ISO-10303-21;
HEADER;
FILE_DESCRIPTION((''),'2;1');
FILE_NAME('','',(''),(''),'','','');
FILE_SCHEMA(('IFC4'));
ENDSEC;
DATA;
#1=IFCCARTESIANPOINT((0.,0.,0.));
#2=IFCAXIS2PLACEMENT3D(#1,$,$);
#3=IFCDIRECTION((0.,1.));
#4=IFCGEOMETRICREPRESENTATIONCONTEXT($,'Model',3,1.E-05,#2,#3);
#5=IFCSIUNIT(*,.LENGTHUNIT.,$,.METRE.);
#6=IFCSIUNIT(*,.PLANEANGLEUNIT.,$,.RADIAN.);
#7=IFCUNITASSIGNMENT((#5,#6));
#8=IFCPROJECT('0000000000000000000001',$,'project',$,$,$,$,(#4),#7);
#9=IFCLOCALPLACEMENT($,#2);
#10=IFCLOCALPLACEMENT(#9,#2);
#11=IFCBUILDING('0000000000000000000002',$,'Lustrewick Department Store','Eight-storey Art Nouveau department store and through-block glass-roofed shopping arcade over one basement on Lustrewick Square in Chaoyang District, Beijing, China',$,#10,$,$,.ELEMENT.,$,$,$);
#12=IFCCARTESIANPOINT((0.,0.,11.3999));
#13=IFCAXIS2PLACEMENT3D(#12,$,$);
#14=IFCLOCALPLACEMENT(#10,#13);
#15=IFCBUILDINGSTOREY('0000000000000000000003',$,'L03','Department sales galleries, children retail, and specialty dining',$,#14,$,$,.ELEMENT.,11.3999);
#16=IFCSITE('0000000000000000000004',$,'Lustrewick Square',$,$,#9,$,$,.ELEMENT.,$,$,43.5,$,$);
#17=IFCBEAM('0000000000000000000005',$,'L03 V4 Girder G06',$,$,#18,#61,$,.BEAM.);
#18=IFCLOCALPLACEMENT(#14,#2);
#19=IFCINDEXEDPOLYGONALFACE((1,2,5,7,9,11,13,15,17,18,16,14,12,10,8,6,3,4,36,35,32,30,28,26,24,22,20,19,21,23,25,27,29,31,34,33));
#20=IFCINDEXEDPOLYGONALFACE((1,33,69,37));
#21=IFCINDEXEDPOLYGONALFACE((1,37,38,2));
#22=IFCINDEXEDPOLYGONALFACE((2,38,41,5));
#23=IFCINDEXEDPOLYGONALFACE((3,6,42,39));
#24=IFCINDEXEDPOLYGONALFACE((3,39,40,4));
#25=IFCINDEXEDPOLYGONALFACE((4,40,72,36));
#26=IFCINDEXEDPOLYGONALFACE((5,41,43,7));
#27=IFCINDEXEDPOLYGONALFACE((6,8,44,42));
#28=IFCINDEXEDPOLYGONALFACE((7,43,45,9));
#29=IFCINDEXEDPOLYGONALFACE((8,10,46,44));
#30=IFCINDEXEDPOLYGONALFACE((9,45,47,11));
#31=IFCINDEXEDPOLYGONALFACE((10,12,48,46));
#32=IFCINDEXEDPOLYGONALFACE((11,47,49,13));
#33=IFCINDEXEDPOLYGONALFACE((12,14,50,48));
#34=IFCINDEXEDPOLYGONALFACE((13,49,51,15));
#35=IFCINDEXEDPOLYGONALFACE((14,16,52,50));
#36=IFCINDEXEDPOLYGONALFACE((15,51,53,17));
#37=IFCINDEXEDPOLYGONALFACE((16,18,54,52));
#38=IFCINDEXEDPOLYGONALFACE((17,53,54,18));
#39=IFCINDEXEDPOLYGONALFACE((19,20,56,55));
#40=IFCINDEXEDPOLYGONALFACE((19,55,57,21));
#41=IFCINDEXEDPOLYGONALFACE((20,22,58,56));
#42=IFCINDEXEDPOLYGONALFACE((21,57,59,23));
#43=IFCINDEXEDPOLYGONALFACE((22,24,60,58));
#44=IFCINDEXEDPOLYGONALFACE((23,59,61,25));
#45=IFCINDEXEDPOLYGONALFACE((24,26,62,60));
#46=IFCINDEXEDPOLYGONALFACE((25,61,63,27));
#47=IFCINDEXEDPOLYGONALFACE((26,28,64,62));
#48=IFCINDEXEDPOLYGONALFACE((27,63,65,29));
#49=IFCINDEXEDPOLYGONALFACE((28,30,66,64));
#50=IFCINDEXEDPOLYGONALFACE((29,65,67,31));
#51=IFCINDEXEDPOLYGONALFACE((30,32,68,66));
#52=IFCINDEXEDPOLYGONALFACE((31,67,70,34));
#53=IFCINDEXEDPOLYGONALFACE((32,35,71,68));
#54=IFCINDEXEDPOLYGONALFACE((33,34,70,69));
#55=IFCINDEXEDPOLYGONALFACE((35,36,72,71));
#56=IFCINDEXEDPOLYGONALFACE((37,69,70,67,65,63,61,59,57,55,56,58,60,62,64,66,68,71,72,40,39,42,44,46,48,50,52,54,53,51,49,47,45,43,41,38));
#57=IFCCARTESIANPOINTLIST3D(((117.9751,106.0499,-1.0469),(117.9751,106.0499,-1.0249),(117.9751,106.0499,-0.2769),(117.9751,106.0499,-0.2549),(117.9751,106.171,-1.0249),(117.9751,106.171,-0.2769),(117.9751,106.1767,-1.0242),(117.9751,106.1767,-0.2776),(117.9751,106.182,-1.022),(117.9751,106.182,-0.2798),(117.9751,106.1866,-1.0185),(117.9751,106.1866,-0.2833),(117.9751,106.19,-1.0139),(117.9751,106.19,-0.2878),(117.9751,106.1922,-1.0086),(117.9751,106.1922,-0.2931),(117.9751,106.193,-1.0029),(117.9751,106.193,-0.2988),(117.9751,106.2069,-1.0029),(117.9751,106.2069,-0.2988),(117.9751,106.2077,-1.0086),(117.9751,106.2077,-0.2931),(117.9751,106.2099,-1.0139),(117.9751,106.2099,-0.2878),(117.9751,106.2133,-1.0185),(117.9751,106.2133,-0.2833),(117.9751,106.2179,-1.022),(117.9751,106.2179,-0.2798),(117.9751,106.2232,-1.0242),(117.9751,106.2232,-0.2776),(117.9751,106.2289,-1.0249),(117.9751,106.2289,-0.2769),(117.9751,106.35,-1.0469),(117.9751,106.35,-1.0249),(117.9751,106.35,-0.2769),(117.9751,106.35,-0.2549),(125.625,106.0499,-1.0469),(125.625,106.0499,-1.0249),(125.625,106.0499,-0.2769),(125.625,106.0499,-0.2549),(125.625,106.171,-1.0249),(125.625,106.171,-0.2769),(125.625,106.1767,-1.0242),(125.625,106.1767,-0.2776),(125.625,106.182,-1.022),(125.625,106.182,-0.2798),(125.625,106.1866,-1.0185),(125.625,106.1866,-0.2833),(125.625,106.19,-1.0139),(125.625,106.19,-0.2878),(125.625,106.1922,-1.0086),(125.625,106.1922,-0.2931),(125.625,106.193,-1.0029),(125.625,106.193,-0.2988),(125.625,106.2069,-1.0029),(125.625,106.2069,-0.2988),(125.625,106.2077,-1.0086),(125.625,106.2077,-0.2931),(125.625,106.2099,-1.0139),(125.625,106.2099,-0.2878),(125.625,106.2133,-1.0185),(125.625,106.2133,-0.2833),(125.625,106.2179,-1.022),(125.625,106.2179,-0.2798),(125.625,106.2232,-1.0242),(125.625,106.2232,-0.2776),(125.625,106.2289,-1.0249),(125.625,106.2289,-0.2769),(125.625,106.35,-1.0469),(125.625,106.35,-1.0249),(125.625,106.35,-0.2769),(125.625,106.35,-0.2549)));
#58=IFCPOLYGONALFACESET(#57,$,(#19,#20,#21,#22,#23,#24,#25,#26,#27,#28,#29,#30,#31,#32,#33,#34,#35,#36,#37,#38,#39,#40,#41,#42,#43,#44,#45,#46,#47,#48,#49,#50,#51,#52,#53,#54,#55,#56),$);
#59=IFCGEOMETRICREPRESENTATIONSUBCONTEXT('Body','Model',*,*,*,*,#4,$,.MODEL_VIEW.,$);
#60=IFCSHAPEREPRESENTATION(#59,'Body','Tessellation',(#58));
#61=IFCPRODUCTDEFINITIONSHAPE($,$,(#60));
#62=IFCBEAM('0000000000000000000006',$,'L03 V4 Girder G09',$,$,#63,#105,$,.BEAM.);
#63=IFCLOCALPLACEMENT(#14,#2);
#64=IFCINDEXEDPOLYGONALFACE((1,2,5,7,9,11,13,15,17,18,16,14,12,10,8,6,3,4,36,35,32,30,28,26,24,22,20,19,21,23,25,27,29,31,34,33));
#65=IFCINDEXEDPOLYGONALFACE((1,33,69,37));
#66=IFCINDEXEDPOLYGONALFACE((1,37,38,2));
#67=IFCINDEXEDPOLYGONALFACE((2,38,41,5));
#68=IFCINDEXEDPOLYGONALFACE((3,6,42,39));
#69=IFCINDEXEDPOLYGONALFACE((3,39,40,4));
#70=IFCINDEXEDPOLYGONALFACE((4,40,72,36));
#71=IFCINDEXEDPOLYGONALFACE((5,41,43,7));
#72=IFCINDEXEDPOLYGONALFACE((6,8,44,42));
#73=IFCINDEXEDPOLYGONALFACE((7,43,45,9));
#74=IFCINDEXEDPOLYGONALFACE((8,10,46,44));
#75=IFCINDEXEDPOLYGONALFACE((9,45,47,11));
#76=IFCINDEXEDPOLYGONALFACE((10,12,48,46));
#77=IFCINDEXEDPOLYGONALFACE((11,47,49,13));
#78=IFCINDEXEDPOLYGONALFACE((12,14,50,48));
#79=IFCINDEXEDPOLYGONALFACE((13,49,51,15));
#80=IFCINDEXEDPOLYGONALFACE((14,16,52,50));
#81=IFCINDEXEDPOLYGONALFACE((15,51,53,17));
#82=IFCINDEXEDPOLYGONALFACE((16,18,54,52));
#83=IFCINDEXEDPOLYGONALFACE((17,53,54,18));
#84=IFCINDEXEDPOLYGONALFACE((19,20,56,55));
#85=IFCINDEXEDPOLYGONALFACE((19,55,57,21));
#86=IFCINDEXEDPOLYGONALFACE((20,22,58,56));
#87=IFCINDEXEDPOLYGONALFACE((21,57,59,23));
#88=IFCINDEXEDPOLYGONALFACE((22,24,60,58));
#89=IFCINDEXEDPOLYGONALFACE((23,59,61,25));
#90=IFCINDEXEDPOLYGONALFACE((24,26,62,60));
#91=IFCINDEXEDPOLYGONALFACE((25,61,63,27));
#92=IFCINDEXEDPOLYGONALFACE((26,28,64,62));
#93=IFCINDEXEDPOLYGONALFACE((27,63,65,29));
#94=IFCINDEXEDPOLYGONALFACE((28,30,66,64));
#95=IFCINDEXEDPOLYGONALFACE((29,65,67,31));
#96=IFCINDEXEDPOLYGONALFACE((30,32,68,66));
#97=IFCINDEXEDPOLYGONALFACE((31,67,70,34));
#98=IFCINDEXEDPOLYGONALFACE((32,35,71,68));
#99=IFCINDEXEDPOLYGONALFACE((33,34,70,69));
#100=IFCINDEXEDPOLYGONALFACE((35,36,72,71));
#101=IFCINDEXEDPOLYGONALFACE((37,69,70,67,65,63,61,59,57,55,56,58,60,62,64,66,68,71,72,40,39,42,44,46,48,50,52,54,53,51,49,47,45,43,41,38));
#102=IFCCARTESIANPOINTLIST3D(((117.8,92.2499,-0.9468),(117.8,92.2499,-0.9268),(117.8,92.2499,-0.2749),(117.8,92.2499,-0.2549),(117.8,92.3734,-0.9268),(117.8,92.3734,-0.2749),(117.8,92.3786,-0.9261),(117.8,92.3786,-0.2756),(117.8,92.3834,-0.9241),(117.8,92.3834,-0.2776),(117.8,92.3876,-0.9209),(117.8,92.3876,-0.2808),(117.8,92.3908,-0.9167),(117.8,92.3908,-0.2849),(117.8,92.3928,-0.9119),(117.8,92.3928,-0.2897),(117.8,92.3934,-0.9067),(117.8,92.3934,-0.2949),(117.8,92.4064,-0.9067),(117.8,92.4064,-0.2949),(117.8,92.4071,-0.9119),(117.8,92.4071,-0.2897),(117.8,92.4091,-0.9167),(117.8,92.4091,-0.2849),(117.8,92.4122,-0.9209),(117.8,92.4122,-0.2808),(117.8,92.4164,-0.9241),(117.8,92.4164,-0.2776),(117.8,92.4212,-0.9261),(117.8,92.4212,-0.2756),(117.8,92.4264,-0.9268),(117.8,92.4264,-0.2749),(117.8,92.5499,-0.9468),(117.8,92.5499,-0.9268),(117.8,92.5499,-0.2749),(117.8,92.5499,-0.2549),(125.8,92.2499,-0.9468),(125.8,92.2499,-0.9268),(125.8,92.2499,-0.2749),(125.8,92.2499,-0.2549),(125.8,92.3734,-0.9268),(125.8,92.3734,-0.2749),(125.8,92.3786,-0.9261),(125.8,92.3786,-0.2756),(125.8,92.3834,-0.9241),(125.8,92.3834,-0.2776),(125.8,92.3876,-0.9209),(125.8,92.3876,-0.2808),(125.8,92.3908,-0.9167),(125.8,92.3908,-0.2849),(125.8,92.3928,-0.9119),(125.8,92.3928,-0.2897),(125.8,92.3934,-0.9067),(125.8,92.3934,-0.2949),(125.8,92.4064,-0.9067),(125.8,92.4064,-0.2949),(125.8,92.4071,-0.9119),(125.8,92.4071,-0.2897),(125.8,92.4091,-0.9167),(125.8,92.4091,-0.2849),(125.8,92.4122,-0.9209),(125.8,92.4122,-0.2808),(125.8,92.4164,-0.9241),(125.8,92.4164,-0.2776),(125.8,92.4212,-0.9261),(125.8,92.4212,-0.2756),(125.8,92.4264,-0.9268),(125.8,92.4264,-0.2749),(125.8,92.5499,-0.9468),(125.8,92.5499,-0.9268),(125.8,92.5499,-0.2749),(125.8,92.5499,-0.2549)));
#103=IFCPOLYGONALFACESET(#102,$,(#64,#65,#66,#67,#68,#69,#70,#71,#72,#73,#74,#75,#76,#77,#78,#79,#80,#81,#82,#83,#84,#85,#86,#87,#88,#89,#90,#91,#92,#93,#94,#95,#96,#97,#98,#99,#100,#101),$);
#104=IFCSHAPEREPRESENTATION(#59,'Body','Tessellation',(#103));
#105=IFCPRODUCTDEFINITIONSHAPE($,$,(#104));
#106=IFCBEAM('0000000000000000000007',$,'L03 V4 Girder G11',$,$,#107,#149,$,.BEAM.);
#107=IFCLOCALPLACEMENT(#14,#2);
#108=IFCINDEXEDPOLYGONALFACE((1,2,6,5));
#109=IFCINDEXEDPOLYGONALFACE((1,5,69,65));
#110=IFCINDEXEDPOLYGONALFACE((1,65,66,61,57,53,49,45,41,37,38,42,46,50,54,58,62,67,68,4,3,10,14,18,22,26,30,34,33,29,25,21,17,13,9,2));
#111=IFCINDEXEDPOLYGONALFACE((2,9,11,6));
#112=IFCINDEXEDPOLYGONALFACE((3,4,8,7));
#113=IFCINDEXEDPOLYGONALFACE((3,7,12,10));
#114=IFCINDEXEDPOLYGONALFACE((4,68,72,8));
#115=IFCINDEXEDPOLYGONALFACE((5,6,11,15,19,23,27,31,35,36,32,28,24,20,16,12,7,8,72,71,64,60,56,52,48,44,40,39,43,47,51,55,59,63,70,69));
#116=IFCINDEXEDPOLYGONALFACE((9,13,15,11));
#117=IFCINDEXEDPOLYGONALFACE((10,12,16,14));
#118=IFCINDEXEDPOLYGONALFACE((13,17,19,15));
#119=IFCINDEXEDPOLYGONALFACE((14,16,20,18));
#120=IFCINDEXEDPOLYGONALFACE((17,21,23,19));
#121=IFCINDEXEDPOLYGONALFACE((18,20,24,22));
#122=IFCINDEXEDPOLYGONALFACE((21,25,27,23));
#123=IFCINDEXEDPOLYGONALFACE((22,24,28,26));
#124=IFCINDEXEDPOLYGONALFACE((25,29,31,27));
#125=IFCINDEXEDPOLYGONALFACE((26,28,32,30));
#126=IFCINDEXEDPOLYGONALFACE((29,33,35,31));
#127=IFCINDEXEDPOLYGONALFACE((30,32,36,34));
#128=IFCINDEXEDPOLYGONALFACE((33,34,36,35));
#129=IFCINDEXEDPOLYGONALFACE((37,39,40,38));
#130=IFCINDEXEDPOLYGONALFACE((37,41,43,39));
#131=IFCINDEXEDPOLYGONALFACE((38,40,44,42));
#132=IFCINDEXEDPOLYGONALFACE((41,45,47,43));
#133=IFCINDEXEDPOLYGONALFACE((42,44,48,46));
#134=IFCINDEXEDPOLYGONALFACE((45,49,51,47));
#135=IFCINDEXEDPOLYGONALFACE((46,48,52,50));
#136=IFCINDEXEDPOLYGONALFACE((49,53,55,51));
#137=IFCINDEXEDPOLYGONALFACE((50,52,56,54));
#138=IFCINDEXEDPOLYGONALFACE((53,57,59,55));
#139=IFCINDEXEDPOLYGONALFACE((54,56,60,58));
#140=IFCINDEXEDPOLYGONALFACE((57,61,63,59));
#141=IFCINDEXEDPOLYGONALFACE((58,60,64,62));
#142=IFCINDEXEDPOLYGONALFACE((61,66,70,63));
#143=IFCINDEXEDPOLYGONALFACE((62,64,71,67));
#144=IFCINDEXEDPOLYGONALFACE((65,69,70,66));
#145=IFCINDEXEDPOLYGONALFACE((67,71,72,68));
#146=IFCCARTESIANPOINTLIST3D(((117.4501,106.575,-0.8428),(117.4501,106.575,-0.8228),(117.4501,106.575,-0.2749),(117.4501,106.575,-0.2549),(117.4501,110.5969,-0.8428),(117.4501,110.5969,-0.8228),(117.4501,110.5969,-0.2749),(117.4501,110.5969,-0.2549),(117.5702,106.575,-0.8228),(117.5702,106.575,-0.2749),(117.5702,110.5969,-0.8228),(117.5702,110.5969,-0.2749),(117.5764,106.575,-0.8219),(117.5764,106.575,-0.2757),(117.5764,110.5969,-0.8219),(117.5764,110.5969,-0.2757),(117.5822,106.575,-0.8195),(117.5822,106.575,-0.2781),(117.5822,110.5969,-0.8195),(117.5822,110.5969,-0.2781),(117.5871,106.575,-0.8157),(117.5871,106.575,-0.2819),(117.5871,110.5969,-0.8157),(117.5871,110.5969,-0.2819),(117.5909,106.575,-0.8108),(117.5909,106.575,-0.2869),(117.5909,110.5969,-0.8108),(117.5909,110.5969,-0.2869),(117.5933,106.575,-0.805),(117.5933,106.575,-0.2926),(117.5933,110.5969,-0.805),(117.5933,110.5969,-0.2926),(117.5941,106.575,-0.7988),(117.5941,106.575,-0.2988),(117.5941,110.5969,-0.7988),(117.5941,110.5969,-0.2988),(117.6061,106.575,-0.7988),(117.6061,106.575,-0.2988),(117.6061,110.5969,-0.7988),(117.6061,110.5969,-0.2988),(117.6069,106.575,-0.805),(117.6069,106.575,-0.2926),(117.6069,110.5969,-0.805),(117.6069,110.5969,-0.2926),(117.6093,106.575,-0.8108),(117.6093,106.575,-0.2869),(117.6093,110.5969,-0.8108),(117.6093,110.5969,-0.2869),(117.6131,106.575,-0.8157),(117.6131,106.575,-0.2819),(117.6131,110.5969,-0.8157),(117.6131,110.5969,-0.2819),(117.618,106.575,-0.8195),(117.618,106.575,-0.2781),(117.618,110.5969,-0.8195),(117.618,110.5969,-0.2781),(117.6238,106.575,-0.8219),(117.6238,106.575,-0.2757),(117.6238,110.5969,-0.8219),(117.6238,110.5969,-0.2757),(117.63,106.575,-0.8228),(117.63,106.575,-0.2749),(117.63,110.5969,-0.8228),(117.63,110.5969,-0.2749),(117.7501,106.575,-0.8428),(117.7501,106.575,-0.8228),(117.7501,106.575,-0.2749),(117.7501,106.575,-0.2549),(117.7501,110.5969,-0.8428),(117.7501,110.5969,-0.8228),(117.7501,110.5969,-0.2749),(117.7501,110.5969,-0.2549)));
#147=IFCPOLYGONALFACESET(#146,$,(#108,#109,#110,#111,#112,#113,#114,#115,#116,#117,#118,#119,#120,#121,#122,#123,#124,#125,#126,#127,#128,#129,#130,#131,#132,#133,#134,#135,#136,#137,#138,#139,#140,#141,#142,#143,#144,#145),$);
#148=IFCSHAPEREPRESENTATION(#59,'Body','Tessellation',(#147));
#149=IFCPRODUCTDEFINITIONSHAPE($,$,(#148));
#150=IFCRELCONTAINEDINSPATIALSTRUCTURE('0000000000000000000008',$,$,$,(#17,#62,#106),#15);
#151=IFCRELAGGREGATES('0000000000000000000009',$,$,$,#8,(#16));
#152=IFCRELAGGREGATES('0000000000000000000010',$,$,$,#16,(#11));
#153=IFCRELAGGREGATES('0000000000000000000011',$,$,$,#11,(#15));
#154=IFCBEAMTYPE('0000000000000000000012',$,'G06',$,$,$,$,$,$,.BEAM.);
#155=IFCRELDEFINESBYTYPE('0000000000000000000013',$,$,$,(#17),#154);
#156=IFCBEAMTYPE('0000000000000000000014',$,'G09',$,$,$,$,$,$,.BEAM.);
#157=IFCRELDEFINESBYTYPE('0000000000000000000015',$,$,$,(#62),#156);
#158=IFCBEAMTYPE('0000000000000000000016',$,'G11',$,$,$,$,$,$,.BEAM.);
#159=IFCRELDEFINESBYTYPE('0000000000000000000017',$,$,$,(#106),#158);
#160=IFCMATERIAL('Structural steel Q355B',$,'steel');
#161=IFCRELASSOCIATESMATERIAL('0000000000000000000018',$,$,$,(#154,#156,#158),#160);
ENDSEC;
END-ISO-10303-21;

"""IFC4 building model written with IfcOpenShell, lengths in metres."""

from ifc_helpers import new_model, si_unit, direction, frame, origin, origin_2d, place, context, subcontext, project, spatial, i_section, extrude, material, material_profile, profile_set, type_object, element, save


model = new_model("IFC4")

# Units and contexts
model_context = context("Model", 3, precision=1e-05, world=origin(), true_north=direction((0.0, 1.0)))
body_context = subcontext(model_context, "Body", "Model", "MODEL_VIEW")
ifc_project = project(units=[si_unit("LENGTHUNIT", "METRE"), si_unit("PLANEANGLEUNIT", "RADIAN")], contexts=[model_context])

# Site, building, storey
site_placement = place(None, origin())
site = spatial("IfcSite", under=ifc_project, at=site_placement, Name="Lustrewick Square", CompositionType="ELEMENT", RefElevation=43.5)
building_placement = place(site_placement, origin())
building = spatial("IfcBuilding", under=site, at=building_placement, Name="Lustrewick Department Store", Description="Eight-storey Art Nouveau department store and through-block glass-roofed shopping arcade over one basement on Lustrewick Square in Chaoyang District, Beijing, China", CompositionType="ELEMENT")
storey_placement = place(building_placement, frame((0.0, 0.0, 11.3999)))
storey = spatial("IfcBuildingStorey", under=building, at=storey_placement, Name="L03", Description="Department sales galleries, children retail, and specialty dining", CompositionType="ELEMENT", Elevation=11.3999)

# Shared definitions
ifc_material_1 = material(Name="Structural steel Q355B", Category="steel")

# Beams
ifc_material_profile_1 = material_profile(ifc_material_1, i_section(OverallWidth=0.3, OverallDepth=0.792, WebThickness=0.0139, FlangeThickness=0.022, FilletRadius=0.022, at=origin_2d()), Name="HN 792x300x14x22")
ifc_profile_set_1 = profile_set([ifc_material_profile_1], Name="Structural steel Q355B")
beam_type_1 = type_object("IfcBeamType", Name="G06", PredefinedType="BEAM", material=ifc_profile_set_1)
beam_1_placement = place(storey_placement, frame((117.9751, 106.2, -0.6509), z_axis=(1.0, 0.0, 0.0), x_axis=(0.0, 1.0, 0.0)))
element("IfcBeam", 1, at=beam_1_placement, inside=storey, type_object=beam_type_1, Name="L03 V4 Girder G06", PredefinedType="BEAM", context=body_context, shape_type="SweptSolid", body=[
    extrude(i_section(OverallWidth=0.3, OverallDepth=0.792, WebThickness=0.0139, FlangeThickness=0.022, FilletRadius=0.022, at=origin_2d()), origin(), (0.0, 0.0, 1.0), 7.6499),
])
ifc_material_profile_2 = material_profile(ifc_material_1, i_section(OverallWidth=0.3, OverallDepth=0.6919, WebThickness=0.0129, FlangeThickness=0.02, FilletRadius=0.02, at=origin_2d()), Name="HN 692x300x13x20")
ifc_profile_set_2 = profile_set([ifc_material_profile_2], Name="Structural steel Q355B")
beam_type_2 = type_object("IfcBeamType", Name="G09", PredefinedType="BEAM", material=ifc_profile_set_2)
beam_2_placement = place(storey_placement, frame((117.8, 92.3999, -0.6008), z_axis=(1.0, 0.0, 0.0), x_axis=(0.0, 1.0, 0.0)))
element("IfcBeam", 2, at=beam_2_placement, inside=storey, type_object=beam_type_2, Name="L03 V4 Girder G09", PredefinedType="BEAM", context=body_context, shape_type="SweptSolid", body=[
    extrude(i_section(OverallWidth=0.3, OverallDepth=0.6919, WebThickness=0.0129, FlangeThickness=0.02, FilletRadius=0.02, at=origin_2d()), origin(), (0.0, 0.0, 1.0), 8.0),
])
ifc_material_profile_3 = material_profile(ifc_material_1, i_section(OverallWidth=0.3, OverallDepth=0.5879, WebThickness=0.012, FlangeThickness=0.02, FilletRadius=0.0239, at=origin_2d()), Name="HM 588x300x12x20")
ifc_profile_set_3 = profile_set([ifc_material_profile_3], Name="Structural steel Q355B")
beam_type_3 = type_object("IfcBeamType", Name="G11", PredefinedType="BEAM", material=ifc_profile_set_3)
beam_3_placement = place(storey_placement, frame((117.6001, 106.575, -0.5488), z_axis=(0.0, 1.0, 0.0), x_axis=(-1.0, 0.0, 0.0)))
element("IfcBeam", 3, at=beam_3_placement, inside=storey, type_object=beam_type_3, Name="L03 V4 Girder G11", PredefinedType="BEAM", context=body_context, shape_type="SweptSolid", body=[
    extrude(i_section(OverallWidth=0.3, OverallDepth=0.5879, WebThickness=0.012, FlangeThickness=0.02, FilletRadius=0.0239, at=origin_2d()), origin(), (0.0, 0.0, 1.0), 4.022),
])

save(model, "model.ifc")
